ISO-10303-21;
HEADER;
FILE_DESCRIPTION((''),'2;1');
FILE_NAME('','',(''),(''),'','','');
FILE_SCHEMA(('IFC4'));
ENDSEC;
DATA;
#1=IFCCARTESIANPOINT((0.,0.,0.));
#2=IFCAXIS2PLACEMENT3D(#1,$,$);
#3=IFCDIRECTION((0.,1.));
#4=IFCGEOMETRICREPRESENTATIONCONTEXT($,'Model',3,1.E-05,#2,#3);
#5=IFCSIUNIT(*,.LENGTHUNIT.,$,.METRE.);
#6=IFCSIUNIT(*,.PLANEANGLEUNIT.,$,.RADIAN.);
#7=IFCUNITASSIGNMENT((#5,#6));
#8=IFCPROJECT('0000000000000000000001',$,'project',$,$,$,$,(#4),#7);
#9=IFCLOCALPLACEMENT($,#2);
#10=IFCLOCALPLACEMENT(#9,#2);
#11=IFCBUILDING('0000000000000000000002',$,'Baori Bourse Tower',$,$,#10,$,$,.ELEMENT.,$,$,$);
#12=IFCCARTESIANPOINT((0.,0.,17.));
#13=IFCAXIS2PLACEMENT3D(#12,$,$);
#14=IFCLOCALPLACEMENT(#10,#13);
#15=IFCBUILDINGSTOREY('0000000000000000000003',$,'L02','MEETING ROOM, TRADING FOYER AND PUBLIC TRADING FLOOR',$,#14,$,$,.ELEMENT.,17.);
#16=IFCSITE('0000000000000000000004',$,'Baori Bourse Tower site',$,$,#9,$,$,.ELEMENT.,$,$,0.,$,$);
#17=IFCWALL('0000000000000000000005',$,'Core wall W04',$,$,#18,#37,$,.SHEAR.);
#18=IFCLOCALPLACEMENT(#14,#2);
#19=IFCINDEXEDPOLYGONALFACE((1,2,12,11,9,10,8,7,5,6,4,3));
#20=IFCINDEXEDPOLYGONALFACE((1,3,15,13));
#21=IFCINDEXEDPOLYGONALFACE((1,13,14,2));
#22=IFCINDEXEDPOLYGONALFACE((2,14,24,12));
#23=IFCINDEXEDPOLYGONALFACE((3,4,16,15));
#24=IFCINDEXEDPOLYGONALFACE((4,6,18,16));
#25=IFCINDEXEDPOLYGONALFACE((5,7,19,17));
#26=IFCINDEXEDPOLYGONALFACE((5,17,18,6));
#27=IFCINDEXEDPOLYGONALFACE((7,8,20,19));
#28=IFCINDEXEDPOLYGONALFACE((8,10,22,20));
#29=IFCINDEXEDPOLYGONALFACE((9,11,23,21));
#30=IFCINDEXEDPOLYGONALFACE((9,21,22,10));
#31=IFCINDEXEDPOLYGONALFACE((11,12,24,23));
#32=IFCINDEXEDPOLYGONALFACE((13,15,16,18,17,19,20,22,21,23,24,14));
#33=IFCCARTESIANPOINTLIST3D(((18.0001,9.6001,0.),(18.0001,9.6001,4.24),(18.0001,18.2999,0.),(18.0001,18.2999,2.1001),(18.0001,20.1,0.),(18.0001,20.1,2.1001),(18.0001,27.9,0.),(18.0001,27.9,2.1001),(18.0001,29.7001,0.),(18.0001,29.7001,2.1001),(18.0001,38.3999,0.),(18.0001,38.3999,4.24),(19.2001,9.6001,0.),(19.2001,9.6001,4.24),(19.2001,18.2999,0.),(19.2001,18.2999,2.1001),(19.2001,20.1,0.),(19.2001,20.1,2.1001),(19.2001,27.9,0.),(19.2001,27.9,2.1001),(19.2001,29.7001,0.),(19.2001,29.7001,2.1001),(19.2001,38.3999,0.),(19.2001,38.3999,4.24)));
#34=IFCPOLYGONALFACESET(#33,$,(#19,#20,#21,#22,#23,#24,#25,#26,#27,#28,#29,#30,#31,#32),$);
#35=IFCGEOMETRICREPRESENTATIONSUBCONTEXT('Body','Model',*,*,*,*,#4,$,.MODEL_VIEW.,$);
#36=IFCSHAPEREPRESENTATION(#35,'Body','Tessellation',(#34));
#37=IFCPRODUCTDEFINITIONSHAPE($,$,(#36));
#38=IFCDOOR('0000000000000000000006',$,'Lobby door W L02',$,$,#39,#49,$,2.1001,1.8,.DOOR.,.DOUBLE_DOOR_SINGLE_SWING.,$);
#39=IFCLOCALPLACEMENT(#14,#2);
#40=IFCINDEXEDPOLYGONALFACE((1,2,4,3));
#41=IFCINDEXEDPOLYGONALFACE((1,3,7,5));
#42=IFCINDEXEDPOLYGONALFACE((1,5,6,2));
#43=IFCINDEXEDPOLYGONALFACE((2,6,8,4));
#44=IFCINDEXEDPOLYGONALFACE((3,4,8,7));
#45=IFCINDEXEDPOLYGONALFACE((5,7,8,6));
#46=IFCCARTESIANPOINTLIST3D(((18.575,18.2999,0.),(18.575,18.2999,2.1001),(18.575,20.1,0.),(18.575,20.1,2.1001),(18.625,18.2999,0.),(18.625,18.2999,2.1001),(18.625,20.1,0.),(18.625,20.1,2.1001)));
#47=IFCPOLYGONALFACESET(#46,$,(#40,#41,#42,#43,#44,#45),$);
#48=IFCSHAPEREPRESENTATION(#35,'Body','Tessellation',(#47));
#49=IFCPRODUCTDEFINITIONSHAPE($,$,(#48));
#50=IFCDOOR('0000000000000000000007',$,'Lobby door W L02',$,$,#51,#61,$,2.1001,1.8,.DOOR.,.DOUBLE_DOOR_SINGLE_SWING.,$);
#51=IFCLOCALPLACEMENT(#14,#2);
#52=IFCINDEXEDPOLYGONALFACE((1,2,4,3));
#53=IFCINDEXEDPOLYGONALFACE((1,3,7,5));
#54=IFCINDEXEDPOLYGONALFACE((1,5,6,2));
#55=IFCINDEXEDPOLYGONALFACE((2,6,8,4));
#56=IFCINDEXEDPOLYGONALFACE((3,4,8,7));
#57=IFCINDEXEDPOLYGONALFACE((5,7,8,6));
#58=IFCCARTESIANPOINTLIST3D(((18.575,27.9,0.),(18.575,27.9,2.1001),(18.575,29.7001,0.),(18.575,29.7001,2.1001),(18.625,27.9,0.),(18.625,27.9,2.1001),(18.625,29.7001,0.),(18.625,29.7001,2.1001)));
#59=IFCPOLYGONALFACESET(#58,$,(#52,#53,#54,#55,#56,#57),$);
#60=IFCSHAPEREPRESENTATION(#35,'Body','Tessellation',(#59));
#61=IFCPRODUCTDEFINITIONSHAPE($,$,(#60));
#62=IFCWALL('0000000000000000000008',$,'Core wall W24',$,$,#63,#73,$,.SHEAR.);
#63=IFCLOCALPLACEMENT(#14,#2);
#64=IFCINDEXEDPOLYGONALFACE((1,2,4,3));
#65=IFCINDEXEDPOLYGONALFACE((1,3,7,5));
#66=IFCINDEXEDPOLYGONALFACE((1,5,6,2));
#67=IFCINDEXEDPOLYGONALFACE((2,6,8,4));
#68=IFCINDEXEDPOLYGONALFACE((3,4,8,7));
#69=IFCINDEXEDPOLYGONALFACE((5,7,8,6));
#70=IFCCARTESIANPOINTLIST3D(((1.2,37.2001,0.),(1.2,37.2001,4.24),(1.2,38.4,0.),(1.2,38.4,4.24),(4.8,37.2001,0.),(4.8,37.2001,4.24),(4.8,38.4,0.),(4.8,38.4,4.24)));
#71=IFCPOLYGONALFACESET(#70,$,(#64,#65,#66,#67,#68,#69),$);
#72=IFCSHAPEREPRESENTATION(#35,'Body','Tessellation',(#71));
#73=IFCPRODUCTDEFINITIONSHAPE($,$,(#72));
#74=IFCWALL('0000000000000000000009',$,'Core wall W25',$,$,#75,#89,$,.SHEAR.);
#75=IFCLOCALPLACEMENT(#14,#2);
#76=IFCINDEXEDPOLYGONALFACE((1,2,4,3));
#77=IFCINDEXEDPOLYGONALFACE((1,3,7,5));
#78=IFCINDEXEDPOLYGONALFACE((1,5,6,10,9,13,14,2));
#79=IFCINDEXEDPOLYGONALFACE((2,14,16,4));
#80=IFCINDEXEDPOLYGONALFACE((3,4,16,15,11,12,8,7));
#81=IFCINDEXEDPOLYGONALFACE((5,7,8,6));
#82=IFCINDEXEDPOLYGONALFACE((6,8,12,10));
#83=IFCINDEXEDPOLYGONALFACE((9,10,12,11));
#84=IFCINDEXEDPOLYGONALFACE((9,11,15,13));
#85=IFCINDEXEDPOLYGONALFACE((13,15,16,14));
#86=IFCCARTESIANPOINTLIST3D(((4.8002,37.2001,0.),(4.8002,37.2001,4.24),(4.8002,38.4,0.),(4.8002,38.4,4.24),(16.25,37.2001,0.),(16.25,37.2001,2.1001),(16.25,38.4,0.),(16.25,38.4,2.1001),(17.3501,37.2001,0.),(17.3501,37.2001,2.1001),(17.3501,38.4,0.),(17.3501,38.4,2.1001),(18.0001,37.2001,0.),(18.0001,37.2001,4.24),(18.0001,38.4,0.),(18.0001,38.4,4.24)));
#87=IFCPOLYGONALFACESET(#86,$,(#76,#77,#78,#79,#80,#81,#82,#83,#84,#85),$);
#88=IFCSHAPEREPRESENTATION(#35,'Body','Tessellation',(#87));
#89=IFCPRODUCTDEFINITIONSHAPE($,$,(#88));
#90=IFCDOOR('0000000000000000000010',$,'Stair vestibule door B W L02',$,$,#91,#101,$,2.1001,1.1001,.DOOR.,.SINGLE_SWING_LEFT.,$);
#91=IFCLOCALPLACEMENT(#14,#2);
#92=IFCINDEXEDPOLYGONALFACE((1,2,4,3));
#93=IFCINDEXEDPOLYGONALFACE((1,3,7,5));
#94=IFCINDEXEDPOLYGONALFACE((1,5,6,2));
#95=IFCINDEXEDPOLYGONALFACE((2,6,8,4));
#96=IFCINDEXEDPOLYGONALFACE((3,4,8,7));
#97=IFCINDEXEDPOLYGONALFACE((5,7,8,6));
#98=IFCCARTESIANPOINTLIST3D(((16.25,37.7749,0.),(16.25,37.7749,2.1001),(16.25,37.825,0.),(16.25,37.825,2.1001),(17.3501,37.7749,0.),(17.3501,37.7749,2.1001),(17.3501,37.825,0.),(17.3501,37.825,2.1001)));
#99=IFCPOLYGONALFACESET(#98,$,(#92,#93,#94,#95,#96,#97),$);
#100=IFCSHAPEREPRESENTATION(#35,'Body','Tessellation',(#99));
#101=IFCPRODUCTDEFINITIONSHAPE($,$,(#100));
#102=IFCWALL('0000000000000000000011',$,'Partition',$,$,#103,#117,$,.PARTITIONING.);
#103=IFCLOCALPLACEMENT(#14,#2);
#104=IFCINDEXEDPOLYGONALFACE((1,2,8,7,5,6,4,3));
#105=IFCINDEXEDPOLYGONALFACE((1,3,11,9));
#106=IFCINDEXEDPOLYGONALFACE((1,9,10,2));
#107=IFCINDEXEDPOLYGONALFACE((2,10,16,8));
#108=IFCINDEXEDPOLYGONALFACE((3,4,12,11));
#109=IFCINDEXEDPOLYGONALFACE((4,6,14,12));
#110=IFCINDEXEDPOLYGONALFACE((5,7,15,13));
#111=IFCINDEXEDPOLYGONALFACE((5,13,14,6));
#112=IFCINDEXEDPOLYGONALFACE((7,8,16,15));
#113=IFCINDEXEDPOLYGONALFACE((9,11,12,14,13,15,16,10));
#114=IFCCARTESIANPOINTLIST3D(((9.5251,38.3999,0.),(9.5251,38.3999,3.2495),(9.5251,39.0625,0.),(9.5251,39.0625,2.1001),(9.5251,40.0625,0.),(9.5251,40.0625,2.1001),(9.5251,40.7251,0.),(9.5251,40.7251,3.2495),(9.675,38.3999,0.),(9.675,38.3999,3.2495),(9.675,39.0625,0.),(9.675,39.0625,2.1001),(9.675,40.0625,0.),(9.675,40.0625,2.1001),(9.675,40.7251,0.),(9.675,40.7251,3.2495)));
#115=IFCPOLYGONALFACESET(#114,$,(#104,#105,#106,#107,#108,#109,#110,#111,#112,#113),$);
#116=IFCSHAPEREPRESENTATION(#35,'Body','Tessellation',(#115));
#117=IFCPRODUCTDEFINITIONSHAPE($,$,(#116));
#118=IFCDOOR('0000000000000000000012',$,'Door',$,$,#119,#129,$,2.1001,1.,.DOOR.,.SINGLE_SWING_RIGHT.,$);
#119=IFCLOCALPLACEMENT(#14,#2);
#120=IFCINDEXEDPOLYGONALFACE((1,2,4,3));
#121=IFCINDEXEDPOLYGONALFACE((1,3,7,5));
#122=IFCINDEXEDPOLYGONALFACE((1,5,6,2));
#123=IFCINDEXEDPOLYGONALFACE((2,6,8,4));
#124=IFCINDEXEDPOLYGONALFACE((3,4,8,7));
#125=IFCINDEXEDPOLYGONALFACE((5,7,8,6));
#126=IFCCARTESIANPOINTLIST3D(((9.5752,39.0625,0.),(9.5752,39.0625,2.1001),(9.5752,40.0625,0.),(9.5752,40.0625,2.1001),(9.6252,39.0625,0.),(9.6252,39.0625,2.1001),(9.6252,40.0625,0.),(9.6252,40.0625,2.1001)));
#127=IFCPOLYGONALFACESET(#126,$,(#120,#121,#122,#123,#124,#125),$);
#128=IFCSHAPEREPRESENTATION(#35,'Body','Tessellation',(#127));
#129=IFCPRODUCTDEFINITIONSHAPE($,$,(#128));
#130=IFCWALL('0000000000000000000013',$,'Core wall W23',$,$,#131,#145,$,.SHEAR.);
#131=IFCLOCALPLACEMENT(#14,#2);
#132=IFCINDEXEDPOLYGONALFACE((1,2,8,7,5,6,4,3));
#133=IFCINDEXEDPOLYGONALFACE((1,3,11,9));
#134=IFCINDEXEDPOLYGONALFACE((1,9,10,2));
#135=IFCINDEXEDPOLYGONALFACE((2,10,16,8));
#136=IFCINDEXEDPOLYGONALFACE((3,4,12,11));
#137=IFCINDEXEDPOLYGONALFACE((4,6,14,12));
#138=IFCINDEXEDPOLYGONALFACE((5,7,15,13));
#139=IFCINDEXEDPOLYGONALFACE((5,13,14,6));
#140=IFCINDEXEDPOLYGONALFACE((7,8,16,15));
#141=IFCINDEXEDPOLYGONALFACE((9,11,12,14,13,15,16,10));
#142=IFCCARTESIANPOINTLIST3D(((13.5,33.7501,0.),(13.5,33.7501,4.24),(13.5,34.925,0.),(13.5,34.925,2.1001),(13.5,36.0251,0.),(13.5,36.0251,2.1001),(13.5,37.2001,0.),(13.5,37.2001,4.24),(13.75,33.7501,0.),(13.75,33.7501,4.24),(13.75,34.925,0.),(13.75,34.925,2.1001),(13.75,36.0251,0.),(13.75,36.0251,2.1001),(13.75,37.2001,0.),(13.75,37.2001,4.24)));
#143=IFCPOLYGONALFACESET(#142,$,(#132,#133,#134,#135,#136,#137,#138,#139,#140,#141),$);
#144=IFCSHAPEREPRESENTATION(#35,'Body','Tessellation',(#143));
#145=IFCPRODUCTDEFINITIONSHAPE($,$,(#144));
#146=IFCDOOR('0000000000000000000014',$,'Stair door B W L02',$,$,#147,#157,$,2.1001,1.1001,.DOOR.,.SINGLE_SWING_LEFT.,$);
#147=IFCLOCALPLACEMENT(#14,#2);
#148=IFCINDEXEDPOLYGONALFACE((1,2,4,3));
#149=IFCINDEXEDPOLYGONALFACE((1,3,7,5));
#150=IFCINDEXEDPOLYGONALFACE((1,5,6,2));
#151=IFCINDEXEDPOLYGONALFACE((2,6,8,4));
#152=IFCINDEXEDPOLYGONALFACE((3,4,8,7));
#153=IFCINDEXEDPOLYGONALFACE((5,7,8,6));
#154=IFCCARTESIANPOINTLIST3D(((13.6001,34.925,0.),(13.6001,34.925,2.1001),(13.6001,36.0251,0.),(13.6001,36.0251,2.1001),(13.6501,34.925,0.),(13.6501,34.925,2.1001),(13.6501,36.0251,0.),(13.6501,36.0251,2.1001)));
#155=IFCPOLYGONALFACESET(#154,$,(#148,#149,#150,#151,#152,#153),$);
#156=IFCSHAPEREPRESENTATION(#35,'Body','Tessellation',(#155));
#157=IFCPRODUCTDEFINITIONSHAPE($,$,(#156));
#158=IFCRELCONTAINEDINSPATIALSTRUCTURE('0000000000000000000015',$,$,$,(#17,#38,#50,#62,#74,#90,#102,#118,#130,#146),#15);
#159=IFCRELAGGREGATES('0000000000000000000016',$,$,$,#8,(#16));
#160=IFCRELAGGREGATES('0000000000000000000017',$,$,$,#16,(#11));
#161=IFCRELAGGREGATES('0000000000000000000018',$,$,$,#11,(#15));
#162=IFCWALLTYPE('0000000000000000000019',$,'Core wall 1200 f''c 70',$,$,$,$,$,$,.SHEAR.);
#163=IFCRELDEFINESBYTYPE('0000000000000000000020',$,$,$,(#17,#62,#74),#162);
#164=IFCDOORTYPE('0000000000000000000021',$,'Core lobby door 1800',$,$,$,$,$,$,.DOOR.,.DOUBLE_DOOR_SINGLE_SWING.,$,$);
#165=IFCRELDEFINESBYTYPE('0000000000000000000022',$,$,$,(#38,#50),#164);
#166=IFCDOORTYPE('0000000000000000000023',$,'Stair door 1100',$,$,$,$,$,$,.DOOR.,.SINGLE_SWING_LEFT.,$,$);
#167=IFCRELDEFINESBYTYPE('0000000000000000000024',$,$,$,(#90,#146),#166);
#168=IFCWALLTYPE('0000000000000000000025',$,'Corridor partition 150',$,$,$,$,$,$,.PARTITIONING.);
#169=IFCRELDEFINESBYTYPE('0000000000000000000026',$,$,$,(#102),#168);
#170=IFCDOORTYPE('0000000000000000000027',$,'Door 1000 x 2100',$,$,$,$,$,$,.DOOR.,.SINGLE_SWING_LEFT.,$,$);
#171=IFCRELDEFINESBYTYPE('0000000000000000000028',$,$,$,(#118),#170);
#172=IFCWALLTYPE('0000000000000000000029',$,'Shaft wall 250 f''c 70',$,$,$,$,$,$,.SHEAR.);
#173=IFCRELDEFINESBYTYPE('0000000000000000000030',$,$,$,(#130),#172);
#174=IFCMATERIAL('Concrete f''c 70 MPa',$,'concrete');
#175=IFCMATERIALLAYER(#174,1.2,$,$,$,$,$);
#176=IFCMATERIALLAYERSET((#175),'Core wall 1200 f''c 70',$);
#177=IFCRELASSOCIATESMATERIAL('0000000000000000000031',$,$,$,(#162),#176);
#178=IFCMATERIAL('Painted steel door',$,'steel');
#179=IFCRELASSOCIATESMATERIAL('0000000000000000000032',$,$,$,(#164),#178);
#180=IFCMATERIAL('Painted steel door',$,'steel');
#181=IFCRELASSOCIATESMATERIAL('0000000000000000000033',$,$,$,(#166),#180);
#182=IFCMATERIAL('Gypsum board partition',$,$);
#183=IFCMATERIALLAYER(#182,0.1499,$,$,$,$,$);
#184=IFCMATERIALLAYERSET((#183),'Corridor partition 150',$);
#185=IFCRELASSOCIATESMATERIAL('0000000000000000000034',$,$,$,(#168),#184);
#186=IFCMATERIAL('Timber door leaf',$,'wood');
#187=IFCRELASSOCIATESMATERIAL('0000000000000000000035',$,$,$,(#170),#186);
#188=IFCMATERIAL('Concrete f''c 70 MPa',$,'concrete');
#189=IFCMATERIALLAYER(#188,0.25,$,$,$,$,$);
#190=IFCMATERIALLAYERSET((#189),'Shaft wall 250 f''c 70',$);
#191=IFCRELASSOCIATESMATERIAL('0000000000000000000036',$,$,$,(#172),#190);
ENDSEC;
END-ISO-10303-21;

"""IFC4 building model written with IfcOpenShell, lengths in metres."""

from ifc_helpers import new_model, si_unit, direction, frame, frame_2d, origin, place, context, subcontext, project, spatial, rectangle, extrude, material, layer, layer_set, type_object, element, fill, save


model = new_model("IFC4")

# Units and contexts
model_context = context("Model", 3, precision=1e-05, world=origin(), true_north=direction((0.0, 1.0)))
body_context = subcontext(model_context, "Body", "Model", "MODEL_VIEW")
ifc_project = project(units=[si_unit("LENGTHUNIT", "METRE"), si_unit("PLANEANGLEUNIT", "RADIAN")], contexts=[model_context])

# Site, building, storey
site_placement = place(None, origin())
site = spatial("IfcSite", under=ifc_project, at=site_placement, Name="Baori Bourse Tower site", CompositionType="ELEMENT", RefElevation=0.0)
building_placement = place(site_placement, origin())
building = spatial("IfcBuilding", under=site, at=building_placement, Name="Baori Bourse Tower", CompositionType="ELEMENT")
storey_placement = place(building_placement, frame((0.0, 0.0, 17.0)))
storey = spatial("IfcBuildingStorey", under=building, at=storey_placement, Name="L02", Description="MEETING ROOM, TRADING FOYER AND PUBLIC TRADING FLOOR", CompositionType="ELEMENT", Elevation=17.0)

# Wall, openings, doors
ifc_material_1 = material(Name="Concrete f'c 70 MPa", Category="concrete")
ifc_layer_1 = layer(ifc_material_1, 1.2)
ifc_layer_set_1 = layer_set([ifc_layer_1], Name="Core wall 1200 f'c 70")
wall_type_1 = type_object("IfcWallType", Name="Core wall 1200 f'c 70", PredefinedType="SHEAR", material=ifc_layer_set_1)
wall_1_placement = place(storey_placement, frame((18.6001, 38.3999, 0.0), z_axis=(0.0, 0.0, 1.0), x_axis=(0.0, -1.0, 0.0)))
wall_1 = element("IfcWall", 1, at=wall_1_placement, inside=storey, type_object=wall_type_1, Name="Core wall W04", PredefinedType="SHEAR", context=body_context, shape_type="SweptSolid", body=[
    extrude(rectangle(XDim=28.7998, YDim=1.2, at=frame_2d((14.3999, 0.0))), origin(), (0.0, 0.0, 1.0), 4.24),
])
opening_1_placement = place(wall_1_placement, frame((18.3, 0.0, 0.0)))
opening_1 = element("IfcOpeningElement", 2, at=opening_1_placement, cuts=wall_1, PredefinedType="OPENING", context=body_context, shape_type="SweptSolid", body=[
    extrude(rectangle(XDim=1.8, YDim=2.1001, at=frame_2d((0.8999, 1.05))), frame((0.0, 0.6099, 0.0), z_axis=(0.0, -1.0, 0.0), x_axis=(1.0, 0.0, 0.0)), (0.0, 0.0, 1.0), 1.22),
])
opening_2_placement = place(wall_1_placement, frame((8.7, 0.0, 0.0)))
opening_2 = element("IfcOpeningElement", 3, at=opening_2_placement, cuts=wall_1, PredefinedType="OPENING", context=body_context, shape_type="SweptSolid", body=[
    extrude(rectangle(XDim=1.8, YDim=2.1001, at=frame_2d((0.8999, 1.05))), frame((0.0, 0.6099, 0.0), z_axis=(0.0, -1.0, 0.0), x_axis=(1.0, 0.0, 0.0)), (0.0, 0.0, 1.0), 1.22),
])
ifc_material_2 = material(Name="Painted steel door", Category="steel")
door_type_1 = type_object("IfcDoorType", Name="Core lobby door 1800", OperationType="DOUBLE_DOOR_SINGLE_SWING", PredefinedType="DOOR", material=ifc_material_2)
door_1_placement = place(opening_1_placement, origin())
door_1 = element("IfcDoor", 4, at=door_1_placement, inside=storey, type_object=door_type_1, Name="Lobby door W L02", OperationType="DOUBLE_DOOR_SINGLE_SWING", OverallHeight=2.1001, OverallWidth=1.8, PredefinedType="DOOR", context=body_context, shape_type="SweptSolid", body=[
    extrude(rectangle(XDim=1.8, YDim=2.1001, at=frame_2d((0.8999, 1.05))), frame((0.0, 0.0249, 0.0), z_axis=(0.0, -1.0, 0.0), x_axis=(1.0, 0.0, 0.0)), (0.0, 0.0, 1.0), 0.05),
])
fill(opening_1, door_1)
door_2_placement = place(opening_2_placement, origin())
door_2 = element("IfcDoor", 5, at=door_2_placement, inside=storey, type_object=door_type_1, Name="Lobby door W L02", OperationType="DOUBLE_DOOR_SINGLE_SWING", OverallHeight=2.1001, OverallWidth=1.8, PredefinedType="DOOR", context=body_context, shape_type="SweptSolid", body=[
    extrude(rectangle(XDim=1.8, YDim=2.1001, at=frame_2d((0.8999, 1.05))), frame((0.0, 0.0249, 0.0), z_axis=(0.0, -1.0, 0.0), x_axis=(1.0, 0.0, 0.0)), (0.0, 0.0, 1.0), 0.05),
])
fill(opening_2, door_2)

# Wall
wall_2_placement = place(storey_placement, frame((1.2, 37.8, 0.0), z_axis=(0.0, 0.0, 1.0), x_axis=(1.0, 0.0, 0.0)))
element("IfcWall", 6, at=wall_2_placement, inside=storey, type_object=wall_type_1, Name="Core wall W24", PredefinedType="SHEAR", context=body_context, shape_type="SweptSolid", body=[
    extrude(rectangle(XDim=3.6001, YDim=1.2, at=frame_2d((1.8, 0.0))), origin(), (0.0, 0.0, 1.0), 4.24),
])

# Walls, openings, doors
wall_3_placement = place(storey_placement, frame((4.8, 37.8, 0.0), z_axis=(0.0, 0.0, 1.0), x_axis=(1.0, 0.0, 0.0)))
wall_3 = element("IfcWall", 7, at=wall_3_placement, inside=storey, type_object=wall_type_1, Name="Core wall W25", PredefinedType="SHEAR", context=body_context, shape_type="SweptSolid", body=[
    extrude(rectangle(XDim=13.2, YDim=1.2, at=frame_2d((6.6001, 0.0))), origin(), (0.0, 0.0, 1.0), 4.24),
])
opening_3_placement = place(wall_3_placement, frame((11.45, 0.0, 0.0)))
opening_3 = element("IfcOpeningElement", 8, at=opening_3_placement, cuts=wall_3, PredefinedType="OPENING", context=body_context, shape_type="SweptSolid", body=[
    extrude(rectangle(XDim=1.1001, YDim=2.1001, at=frame_2d((0.55, 1.05))), frame((0.0, 0.6099, 0.0), z_axis=(0.0, -1.0, 0.0), x_axis=(1.0, 0.0, 0.0)), (0.0, 0.0, 1.0), 1.22),
])
ifc_material_3 = material(Name="Painted steel door", Category="steel")
door_type_2 = type_object("IfcDoorType", Name="Stair door 1100", OperationType="SINGLE_SWING_LEFT", PredefinedType="DOOR", material=ifc_material_3)
door_3_placement = place(opening_3_placement, origin())
door_3 = element("IfcDoor", 9, at=door_3_placement, inside=storey, type_object=door_type_2, Name="Stair vestibule door B W L02", OperationType="SINGLE_SWING_LEFT", OverallHeight=2.1001, OverallWidth=1.1001, PredefinedType="DOOR", context=body_context, shape_type="SweptSolid", body=[
    extrude(rectangle(XDim=1.1001, YDim=2.1001, at=frame_2d((0.55, 1.05))), frame((0.0, 0.0249, 0.0), z_axis=(0.0, -1.0, 0.0), x_axis=(1.0, 0.0, 0.0)), (0.0, 0.0, 1.0), 0.05),
])
fill(opening_3, door_3)
ifc_material_4 = material(Name="Gypsum board partition")
ifc_layer_2 = layer(ifc_material_4, 0.1499)
ifc_layer_set_2 = layer_set([ifc_layer_2], Name="Corridor partition 150")
wall_type_2 = type_object("IfcWallType", Name="Corridor partition 150", PredefinedType="PARTITIONING", material=ifc_layer_set_2)
wall_4_placement = place(storey_placement, frame((9.6001, 38.3999, 0.0), z_axis=(0.0, 0.0, 1.0), x_axis=(0.0, 1.0, 0.0)))
wall_4 = element("IfcWall", 10, at=wall_4_placement, inside=storey, type_object=wall_type_2, Name="Partition", PredefinedType="PARTITIONING", context=body_context, shape_type="SweptSolid", body=[
    extrude(rectangle(XDim=2.3252, YDim=0.1499, at=frame_2d((1.1626, 0.0))), origin(), (0.0, 0.0, 1.0), 3.2495),
])
opening_4_placement = place(wall_4_placement, frame((0.6626, 0.0, 0.0)))
opening_4 = element("IfcOpeningElement", 11, at=opening_4_placement, cuts=wall_4, PredefinedType="OPENING", context=body_context, shape_type="SweptSolid", body=[
    extrude(rectangle(XDim=1.0, YDim=2.1001, at=frame_2d((0.5, 1.05))), frame((0.0, 0.085, 0.0), z_axis=(0.0, -1.0, 0.0), x_axis=(1.0, 0.0, 0.0)), (0.0, 0.0, 1.0), 0.1699),
])
ifc_material_5 = material(Name="Timber door leaf", Category="wood")
door_type_3 = type_object("IfcDoorType", Name="Door 1000 x 2100", OperationType="SINGLE_SWING_LEFT", PredefinedType="DOOR", material=ifc_material_5)
door_4_placement = place(opening_4_placement, origin())
door_4 = element("IfcDoor", 12, at=door_4_placement, inside=storey, type_object=door_type_3, Name="Door", OperationType="SINGLE_SWING_RIGHT", OverallHeight=2.1001, OverallWidth=1.0, PredefinedType="DOOR", context=body_context, shape_type="SweptSolid", body=[
    extrude(rectangle(XDim=1.0, YDim=2.1001, at=frame_2d((0.5, 1.05))), frame((0.0, 0.0249, 0.0), z_axis=(0.0, -1.0, 0.0), x_axis=(1.0, 0.0, 0.0)), (0.0, 0.0, 1.0), 0.05),
])
fill(opening_4, door_4)
ifc_material_6 = material(Name="Concrete f'c 70 MPa", Category="concrete")
ifc_layer_3 = layer(ifc_material_6, 0.25)
ifc_layer_set_3 = layer_set([ifc_layer_3], Name="Shaft wall 250 f'c 70")
wall_type_3 = type_object("IfcWallType", Name="Shaft wall 250 f'c 70", PredefinedType="SHEAR", material=ifc_layer_set_3)
wall_5_placement = place(storey_placement, frame((13.625, 33.75, 0.0), z_axis=(0.0, 0.0, 1.0), x_axis=(0.0, 1.0, 0.0)))
wall_5 = element("IfcWall", 13, at=wall_5_placement, inside=storey, type_object=wall_type_3, Name="Core wall W23", PredefinedType="SHEAR", context=body_context, shape_type="SweptSolid", body=[
    extrude(rectangle(XDim=3.45, YDim=0.25, at=frame_2d((1.7251, 0.0))), origin(), (0.0, 0.0, 1.0), 4.24),
])
opening_5_placement = place(wall_5_placement, frame((1.175, 0.0, 0.0)))
opening_5 = element("IfcOpeningElement", 14, at=opening_5_placement, cuts=wall_5, PredefinedType="OPENING", context=body_context, shape_type="SweptSolid", body=[
    extrude(rectangle(XDim=1.1001, YDim=2.1001, at=frame_2d((0.55, 1.05))), frame((0.0, 0.135, 0.0), z_axis=(0.0, -1.0, 0.0), x_axis=(1.0, 0.0, 0.0)), (0.0, 0.0, 1.0), 0.27),
])
door_5_placement = place(opening_5_placement, origin())
door_5 = element("IfcDoor", 15, at=door_5_placement, inside=storey, type_object=door_type_2, Name="Stair door B W L02", OperationType="SINGLE_SWING_LEFT", OverallHeight=2.1001, OverallWidth=1.1001, PredefinedType="DOOR", context=body_context, shape_type="SweptSolid", body=[
    extrude(rectangle(XDim=1.1001, YDim=2.1001, at=frame_2d((0.55, 1.05))), frame((0.0, 0.0249, 0.0), z_axis=(0.0, -1.0, 0.0), x_axis=(1.0, 0.0, 0.0)), (0.0, 0.0, 1.0), 0.05),
])
fill(opening_5, door_5)

save(model, "model.ifc")
